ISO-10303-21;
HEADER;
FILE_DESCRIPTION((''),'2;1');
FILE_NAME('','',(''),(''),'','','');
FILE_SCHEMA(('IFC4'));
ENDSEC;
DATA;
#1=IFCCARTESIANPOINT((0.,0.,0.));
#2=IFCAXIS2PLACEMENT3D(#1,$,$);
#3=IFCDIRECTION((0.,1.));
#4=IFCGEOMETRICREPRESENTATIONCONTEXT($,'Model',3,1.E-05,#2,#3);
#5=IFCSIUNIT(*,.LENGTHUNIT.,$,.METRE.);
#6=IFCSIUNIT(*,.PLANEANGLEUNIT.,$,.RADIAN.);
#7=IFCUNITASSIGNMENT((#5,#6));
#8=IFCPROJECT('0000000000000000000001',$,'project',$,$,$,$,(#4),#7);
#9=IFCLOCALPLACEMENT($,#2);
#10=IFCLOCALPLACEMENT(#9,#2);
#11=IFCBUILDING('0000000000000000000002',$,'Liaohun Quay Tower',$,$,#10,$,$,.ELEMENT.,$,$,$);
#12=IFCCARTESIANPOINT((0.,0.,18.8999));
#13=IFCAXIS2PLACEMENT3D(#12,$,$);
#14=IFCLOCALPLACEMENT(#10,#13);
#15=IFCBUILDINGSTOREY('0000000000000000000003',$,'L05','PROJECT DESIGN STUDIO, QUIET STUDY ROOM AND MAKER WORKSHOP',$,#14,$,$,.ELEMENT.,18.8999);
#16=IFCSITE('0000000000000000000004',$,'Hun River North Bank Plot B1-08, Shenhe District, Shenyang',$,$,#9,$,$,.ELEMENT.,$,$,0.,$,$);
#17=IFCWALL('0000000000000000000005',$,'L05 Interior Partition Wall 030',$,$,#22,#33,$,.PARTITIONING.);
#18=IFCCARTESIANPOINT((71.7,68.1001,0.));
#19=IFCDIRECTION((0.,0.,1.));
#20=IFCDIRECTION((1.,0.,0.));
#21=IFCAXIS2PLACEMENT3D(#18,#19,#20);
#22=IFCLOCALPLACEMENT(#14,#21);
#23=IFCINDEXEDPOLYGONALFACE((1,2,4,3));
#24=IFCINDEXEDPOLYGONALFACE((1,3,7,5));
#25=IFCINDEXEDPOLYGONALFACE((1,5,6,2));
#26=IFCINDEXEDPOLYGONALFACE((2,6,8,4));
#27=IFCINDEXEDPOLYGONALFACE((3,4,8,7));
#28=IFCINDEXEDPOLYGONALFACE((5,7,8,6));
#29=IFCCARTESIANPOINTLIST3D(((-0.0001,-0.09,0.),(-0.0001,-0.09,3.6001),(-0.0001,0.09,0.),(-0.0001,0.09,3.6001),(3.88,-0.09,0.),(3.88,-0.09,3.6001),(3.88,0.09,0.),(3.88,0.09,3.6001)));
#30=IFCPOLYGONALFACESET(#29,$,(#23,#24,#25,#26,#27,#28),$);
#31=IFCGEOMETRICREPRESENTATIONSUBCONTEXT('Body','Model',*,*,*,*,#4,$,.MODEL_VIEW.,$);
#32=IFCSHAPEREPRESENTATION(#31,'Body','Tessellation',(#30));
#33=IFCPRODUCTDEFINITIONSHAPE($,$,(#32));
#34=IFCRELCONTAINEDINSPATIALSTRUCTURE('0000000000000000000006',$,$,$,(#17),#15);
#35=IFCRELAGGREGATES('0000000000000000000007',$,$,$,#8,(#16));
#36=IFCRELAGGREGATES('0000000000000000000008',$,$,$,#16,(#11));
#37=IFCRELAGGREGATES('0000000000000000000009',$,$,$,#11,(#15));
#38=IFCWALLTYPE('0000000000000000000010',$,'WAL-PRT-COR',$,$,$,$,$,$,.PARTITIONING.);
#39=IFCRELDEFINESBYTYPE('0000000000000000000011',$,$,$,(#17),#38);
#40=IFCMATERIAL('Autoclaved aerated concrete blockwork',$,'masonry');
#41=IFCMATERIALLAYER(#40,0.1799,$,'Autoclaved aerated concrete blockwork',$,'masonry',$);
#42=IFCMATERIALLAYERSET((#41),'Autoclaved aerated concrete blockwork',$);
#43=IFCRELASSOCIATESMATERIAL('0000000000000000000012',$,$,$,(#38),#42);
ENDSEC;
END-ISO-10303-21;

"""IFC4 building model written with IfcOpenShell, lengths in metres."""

from ifc_helpers import new_model, si_unit, direction, frame, frame_2d, origin, place, context, subcontext, project, spatial, rectangle, extrude, material, layer, layer_set, type_object, element, save


model = new_model("IFC4")

# Units and contexts
model_context = context("Model", 3, precision=1e-05, world=origin(), true_north=direction((0.0, 1.0)))
body_context = subcontext(model_context, "Body", "Model", "MODEL_VIEW")
ifc_project = project(units=[si_unit("LENGTHUNIT", "METRE"), si_unit("PLANEANGLEUNIT", "RADIAN")], contexts=[model_context])

# Site, building, storey
site_placement = place(None, origin())
site = spatial("IfcSite", under=ifc_project, at=site_placement, Name="Hun River North Bank Plot B1-08, Shenhe District, Shenyang", CompositionType="ELEMENT", RefElevation=0.0)
building_placement = place(site_placement, origin())
building = spatial("IfcBuilding", under=site, at=building_placement, Name="Liaohun Quay Tower", CompositionType="ELEMENT")
storey_placement = place(building_placement, frame((0.0, 0.0, 18.8999)))
storey = spatial("IfcBuildingStorey", under=building, at=storey_placement, Name="L05", Description="PROJECT DESIGN STUDIO, QUIET STUDY ROOM AND MAKER WORKSHOP", CompositionType="ELEMENT", Elevation=18.8999)

# Shared definitions
ifc_material_1 = material(Name="Autoclaved aerated concrete blockwork", Category="masonry")
ifc_layer_1 = layer(ifc_material_1, 0.1799, Name="Autoclaved aerated concrete blockwork", Category="masonry")
ifc_layer_set_1 = layer_set([ifc_layer_1], Name="Autoclaved aerated concrete blockwork")
wall_type_1 = type_object("IfcWallType", Name="WAL-PRT-COR", PredefinedType="PARTITIONING", material=ifc_layer_set_1)

# Wall
wall_1_placement = place(storey_placement, frame((71.7, 68.1001, 0.0), z_axis=(0.0, 0.0, 1.0), x_axis=(1.0, 0.0, 0.0)))
element("IfcWall", 1, at=wall_1_placement, inside=storey, type_object=wall_type_1, Name="L05 Interior Partition Wall 030", PredefinedType="PARTITIONING", context=body_context, shape_type="SweptSolid", body=[
    extrude(rectangle(XDim=3.8801, YDim=0.1799, at=frame_2d((1.9399, 0.0))), origin(), (0.0, 0.0, 1.0), 3.6001),
])

save(model, "model.ifc")
